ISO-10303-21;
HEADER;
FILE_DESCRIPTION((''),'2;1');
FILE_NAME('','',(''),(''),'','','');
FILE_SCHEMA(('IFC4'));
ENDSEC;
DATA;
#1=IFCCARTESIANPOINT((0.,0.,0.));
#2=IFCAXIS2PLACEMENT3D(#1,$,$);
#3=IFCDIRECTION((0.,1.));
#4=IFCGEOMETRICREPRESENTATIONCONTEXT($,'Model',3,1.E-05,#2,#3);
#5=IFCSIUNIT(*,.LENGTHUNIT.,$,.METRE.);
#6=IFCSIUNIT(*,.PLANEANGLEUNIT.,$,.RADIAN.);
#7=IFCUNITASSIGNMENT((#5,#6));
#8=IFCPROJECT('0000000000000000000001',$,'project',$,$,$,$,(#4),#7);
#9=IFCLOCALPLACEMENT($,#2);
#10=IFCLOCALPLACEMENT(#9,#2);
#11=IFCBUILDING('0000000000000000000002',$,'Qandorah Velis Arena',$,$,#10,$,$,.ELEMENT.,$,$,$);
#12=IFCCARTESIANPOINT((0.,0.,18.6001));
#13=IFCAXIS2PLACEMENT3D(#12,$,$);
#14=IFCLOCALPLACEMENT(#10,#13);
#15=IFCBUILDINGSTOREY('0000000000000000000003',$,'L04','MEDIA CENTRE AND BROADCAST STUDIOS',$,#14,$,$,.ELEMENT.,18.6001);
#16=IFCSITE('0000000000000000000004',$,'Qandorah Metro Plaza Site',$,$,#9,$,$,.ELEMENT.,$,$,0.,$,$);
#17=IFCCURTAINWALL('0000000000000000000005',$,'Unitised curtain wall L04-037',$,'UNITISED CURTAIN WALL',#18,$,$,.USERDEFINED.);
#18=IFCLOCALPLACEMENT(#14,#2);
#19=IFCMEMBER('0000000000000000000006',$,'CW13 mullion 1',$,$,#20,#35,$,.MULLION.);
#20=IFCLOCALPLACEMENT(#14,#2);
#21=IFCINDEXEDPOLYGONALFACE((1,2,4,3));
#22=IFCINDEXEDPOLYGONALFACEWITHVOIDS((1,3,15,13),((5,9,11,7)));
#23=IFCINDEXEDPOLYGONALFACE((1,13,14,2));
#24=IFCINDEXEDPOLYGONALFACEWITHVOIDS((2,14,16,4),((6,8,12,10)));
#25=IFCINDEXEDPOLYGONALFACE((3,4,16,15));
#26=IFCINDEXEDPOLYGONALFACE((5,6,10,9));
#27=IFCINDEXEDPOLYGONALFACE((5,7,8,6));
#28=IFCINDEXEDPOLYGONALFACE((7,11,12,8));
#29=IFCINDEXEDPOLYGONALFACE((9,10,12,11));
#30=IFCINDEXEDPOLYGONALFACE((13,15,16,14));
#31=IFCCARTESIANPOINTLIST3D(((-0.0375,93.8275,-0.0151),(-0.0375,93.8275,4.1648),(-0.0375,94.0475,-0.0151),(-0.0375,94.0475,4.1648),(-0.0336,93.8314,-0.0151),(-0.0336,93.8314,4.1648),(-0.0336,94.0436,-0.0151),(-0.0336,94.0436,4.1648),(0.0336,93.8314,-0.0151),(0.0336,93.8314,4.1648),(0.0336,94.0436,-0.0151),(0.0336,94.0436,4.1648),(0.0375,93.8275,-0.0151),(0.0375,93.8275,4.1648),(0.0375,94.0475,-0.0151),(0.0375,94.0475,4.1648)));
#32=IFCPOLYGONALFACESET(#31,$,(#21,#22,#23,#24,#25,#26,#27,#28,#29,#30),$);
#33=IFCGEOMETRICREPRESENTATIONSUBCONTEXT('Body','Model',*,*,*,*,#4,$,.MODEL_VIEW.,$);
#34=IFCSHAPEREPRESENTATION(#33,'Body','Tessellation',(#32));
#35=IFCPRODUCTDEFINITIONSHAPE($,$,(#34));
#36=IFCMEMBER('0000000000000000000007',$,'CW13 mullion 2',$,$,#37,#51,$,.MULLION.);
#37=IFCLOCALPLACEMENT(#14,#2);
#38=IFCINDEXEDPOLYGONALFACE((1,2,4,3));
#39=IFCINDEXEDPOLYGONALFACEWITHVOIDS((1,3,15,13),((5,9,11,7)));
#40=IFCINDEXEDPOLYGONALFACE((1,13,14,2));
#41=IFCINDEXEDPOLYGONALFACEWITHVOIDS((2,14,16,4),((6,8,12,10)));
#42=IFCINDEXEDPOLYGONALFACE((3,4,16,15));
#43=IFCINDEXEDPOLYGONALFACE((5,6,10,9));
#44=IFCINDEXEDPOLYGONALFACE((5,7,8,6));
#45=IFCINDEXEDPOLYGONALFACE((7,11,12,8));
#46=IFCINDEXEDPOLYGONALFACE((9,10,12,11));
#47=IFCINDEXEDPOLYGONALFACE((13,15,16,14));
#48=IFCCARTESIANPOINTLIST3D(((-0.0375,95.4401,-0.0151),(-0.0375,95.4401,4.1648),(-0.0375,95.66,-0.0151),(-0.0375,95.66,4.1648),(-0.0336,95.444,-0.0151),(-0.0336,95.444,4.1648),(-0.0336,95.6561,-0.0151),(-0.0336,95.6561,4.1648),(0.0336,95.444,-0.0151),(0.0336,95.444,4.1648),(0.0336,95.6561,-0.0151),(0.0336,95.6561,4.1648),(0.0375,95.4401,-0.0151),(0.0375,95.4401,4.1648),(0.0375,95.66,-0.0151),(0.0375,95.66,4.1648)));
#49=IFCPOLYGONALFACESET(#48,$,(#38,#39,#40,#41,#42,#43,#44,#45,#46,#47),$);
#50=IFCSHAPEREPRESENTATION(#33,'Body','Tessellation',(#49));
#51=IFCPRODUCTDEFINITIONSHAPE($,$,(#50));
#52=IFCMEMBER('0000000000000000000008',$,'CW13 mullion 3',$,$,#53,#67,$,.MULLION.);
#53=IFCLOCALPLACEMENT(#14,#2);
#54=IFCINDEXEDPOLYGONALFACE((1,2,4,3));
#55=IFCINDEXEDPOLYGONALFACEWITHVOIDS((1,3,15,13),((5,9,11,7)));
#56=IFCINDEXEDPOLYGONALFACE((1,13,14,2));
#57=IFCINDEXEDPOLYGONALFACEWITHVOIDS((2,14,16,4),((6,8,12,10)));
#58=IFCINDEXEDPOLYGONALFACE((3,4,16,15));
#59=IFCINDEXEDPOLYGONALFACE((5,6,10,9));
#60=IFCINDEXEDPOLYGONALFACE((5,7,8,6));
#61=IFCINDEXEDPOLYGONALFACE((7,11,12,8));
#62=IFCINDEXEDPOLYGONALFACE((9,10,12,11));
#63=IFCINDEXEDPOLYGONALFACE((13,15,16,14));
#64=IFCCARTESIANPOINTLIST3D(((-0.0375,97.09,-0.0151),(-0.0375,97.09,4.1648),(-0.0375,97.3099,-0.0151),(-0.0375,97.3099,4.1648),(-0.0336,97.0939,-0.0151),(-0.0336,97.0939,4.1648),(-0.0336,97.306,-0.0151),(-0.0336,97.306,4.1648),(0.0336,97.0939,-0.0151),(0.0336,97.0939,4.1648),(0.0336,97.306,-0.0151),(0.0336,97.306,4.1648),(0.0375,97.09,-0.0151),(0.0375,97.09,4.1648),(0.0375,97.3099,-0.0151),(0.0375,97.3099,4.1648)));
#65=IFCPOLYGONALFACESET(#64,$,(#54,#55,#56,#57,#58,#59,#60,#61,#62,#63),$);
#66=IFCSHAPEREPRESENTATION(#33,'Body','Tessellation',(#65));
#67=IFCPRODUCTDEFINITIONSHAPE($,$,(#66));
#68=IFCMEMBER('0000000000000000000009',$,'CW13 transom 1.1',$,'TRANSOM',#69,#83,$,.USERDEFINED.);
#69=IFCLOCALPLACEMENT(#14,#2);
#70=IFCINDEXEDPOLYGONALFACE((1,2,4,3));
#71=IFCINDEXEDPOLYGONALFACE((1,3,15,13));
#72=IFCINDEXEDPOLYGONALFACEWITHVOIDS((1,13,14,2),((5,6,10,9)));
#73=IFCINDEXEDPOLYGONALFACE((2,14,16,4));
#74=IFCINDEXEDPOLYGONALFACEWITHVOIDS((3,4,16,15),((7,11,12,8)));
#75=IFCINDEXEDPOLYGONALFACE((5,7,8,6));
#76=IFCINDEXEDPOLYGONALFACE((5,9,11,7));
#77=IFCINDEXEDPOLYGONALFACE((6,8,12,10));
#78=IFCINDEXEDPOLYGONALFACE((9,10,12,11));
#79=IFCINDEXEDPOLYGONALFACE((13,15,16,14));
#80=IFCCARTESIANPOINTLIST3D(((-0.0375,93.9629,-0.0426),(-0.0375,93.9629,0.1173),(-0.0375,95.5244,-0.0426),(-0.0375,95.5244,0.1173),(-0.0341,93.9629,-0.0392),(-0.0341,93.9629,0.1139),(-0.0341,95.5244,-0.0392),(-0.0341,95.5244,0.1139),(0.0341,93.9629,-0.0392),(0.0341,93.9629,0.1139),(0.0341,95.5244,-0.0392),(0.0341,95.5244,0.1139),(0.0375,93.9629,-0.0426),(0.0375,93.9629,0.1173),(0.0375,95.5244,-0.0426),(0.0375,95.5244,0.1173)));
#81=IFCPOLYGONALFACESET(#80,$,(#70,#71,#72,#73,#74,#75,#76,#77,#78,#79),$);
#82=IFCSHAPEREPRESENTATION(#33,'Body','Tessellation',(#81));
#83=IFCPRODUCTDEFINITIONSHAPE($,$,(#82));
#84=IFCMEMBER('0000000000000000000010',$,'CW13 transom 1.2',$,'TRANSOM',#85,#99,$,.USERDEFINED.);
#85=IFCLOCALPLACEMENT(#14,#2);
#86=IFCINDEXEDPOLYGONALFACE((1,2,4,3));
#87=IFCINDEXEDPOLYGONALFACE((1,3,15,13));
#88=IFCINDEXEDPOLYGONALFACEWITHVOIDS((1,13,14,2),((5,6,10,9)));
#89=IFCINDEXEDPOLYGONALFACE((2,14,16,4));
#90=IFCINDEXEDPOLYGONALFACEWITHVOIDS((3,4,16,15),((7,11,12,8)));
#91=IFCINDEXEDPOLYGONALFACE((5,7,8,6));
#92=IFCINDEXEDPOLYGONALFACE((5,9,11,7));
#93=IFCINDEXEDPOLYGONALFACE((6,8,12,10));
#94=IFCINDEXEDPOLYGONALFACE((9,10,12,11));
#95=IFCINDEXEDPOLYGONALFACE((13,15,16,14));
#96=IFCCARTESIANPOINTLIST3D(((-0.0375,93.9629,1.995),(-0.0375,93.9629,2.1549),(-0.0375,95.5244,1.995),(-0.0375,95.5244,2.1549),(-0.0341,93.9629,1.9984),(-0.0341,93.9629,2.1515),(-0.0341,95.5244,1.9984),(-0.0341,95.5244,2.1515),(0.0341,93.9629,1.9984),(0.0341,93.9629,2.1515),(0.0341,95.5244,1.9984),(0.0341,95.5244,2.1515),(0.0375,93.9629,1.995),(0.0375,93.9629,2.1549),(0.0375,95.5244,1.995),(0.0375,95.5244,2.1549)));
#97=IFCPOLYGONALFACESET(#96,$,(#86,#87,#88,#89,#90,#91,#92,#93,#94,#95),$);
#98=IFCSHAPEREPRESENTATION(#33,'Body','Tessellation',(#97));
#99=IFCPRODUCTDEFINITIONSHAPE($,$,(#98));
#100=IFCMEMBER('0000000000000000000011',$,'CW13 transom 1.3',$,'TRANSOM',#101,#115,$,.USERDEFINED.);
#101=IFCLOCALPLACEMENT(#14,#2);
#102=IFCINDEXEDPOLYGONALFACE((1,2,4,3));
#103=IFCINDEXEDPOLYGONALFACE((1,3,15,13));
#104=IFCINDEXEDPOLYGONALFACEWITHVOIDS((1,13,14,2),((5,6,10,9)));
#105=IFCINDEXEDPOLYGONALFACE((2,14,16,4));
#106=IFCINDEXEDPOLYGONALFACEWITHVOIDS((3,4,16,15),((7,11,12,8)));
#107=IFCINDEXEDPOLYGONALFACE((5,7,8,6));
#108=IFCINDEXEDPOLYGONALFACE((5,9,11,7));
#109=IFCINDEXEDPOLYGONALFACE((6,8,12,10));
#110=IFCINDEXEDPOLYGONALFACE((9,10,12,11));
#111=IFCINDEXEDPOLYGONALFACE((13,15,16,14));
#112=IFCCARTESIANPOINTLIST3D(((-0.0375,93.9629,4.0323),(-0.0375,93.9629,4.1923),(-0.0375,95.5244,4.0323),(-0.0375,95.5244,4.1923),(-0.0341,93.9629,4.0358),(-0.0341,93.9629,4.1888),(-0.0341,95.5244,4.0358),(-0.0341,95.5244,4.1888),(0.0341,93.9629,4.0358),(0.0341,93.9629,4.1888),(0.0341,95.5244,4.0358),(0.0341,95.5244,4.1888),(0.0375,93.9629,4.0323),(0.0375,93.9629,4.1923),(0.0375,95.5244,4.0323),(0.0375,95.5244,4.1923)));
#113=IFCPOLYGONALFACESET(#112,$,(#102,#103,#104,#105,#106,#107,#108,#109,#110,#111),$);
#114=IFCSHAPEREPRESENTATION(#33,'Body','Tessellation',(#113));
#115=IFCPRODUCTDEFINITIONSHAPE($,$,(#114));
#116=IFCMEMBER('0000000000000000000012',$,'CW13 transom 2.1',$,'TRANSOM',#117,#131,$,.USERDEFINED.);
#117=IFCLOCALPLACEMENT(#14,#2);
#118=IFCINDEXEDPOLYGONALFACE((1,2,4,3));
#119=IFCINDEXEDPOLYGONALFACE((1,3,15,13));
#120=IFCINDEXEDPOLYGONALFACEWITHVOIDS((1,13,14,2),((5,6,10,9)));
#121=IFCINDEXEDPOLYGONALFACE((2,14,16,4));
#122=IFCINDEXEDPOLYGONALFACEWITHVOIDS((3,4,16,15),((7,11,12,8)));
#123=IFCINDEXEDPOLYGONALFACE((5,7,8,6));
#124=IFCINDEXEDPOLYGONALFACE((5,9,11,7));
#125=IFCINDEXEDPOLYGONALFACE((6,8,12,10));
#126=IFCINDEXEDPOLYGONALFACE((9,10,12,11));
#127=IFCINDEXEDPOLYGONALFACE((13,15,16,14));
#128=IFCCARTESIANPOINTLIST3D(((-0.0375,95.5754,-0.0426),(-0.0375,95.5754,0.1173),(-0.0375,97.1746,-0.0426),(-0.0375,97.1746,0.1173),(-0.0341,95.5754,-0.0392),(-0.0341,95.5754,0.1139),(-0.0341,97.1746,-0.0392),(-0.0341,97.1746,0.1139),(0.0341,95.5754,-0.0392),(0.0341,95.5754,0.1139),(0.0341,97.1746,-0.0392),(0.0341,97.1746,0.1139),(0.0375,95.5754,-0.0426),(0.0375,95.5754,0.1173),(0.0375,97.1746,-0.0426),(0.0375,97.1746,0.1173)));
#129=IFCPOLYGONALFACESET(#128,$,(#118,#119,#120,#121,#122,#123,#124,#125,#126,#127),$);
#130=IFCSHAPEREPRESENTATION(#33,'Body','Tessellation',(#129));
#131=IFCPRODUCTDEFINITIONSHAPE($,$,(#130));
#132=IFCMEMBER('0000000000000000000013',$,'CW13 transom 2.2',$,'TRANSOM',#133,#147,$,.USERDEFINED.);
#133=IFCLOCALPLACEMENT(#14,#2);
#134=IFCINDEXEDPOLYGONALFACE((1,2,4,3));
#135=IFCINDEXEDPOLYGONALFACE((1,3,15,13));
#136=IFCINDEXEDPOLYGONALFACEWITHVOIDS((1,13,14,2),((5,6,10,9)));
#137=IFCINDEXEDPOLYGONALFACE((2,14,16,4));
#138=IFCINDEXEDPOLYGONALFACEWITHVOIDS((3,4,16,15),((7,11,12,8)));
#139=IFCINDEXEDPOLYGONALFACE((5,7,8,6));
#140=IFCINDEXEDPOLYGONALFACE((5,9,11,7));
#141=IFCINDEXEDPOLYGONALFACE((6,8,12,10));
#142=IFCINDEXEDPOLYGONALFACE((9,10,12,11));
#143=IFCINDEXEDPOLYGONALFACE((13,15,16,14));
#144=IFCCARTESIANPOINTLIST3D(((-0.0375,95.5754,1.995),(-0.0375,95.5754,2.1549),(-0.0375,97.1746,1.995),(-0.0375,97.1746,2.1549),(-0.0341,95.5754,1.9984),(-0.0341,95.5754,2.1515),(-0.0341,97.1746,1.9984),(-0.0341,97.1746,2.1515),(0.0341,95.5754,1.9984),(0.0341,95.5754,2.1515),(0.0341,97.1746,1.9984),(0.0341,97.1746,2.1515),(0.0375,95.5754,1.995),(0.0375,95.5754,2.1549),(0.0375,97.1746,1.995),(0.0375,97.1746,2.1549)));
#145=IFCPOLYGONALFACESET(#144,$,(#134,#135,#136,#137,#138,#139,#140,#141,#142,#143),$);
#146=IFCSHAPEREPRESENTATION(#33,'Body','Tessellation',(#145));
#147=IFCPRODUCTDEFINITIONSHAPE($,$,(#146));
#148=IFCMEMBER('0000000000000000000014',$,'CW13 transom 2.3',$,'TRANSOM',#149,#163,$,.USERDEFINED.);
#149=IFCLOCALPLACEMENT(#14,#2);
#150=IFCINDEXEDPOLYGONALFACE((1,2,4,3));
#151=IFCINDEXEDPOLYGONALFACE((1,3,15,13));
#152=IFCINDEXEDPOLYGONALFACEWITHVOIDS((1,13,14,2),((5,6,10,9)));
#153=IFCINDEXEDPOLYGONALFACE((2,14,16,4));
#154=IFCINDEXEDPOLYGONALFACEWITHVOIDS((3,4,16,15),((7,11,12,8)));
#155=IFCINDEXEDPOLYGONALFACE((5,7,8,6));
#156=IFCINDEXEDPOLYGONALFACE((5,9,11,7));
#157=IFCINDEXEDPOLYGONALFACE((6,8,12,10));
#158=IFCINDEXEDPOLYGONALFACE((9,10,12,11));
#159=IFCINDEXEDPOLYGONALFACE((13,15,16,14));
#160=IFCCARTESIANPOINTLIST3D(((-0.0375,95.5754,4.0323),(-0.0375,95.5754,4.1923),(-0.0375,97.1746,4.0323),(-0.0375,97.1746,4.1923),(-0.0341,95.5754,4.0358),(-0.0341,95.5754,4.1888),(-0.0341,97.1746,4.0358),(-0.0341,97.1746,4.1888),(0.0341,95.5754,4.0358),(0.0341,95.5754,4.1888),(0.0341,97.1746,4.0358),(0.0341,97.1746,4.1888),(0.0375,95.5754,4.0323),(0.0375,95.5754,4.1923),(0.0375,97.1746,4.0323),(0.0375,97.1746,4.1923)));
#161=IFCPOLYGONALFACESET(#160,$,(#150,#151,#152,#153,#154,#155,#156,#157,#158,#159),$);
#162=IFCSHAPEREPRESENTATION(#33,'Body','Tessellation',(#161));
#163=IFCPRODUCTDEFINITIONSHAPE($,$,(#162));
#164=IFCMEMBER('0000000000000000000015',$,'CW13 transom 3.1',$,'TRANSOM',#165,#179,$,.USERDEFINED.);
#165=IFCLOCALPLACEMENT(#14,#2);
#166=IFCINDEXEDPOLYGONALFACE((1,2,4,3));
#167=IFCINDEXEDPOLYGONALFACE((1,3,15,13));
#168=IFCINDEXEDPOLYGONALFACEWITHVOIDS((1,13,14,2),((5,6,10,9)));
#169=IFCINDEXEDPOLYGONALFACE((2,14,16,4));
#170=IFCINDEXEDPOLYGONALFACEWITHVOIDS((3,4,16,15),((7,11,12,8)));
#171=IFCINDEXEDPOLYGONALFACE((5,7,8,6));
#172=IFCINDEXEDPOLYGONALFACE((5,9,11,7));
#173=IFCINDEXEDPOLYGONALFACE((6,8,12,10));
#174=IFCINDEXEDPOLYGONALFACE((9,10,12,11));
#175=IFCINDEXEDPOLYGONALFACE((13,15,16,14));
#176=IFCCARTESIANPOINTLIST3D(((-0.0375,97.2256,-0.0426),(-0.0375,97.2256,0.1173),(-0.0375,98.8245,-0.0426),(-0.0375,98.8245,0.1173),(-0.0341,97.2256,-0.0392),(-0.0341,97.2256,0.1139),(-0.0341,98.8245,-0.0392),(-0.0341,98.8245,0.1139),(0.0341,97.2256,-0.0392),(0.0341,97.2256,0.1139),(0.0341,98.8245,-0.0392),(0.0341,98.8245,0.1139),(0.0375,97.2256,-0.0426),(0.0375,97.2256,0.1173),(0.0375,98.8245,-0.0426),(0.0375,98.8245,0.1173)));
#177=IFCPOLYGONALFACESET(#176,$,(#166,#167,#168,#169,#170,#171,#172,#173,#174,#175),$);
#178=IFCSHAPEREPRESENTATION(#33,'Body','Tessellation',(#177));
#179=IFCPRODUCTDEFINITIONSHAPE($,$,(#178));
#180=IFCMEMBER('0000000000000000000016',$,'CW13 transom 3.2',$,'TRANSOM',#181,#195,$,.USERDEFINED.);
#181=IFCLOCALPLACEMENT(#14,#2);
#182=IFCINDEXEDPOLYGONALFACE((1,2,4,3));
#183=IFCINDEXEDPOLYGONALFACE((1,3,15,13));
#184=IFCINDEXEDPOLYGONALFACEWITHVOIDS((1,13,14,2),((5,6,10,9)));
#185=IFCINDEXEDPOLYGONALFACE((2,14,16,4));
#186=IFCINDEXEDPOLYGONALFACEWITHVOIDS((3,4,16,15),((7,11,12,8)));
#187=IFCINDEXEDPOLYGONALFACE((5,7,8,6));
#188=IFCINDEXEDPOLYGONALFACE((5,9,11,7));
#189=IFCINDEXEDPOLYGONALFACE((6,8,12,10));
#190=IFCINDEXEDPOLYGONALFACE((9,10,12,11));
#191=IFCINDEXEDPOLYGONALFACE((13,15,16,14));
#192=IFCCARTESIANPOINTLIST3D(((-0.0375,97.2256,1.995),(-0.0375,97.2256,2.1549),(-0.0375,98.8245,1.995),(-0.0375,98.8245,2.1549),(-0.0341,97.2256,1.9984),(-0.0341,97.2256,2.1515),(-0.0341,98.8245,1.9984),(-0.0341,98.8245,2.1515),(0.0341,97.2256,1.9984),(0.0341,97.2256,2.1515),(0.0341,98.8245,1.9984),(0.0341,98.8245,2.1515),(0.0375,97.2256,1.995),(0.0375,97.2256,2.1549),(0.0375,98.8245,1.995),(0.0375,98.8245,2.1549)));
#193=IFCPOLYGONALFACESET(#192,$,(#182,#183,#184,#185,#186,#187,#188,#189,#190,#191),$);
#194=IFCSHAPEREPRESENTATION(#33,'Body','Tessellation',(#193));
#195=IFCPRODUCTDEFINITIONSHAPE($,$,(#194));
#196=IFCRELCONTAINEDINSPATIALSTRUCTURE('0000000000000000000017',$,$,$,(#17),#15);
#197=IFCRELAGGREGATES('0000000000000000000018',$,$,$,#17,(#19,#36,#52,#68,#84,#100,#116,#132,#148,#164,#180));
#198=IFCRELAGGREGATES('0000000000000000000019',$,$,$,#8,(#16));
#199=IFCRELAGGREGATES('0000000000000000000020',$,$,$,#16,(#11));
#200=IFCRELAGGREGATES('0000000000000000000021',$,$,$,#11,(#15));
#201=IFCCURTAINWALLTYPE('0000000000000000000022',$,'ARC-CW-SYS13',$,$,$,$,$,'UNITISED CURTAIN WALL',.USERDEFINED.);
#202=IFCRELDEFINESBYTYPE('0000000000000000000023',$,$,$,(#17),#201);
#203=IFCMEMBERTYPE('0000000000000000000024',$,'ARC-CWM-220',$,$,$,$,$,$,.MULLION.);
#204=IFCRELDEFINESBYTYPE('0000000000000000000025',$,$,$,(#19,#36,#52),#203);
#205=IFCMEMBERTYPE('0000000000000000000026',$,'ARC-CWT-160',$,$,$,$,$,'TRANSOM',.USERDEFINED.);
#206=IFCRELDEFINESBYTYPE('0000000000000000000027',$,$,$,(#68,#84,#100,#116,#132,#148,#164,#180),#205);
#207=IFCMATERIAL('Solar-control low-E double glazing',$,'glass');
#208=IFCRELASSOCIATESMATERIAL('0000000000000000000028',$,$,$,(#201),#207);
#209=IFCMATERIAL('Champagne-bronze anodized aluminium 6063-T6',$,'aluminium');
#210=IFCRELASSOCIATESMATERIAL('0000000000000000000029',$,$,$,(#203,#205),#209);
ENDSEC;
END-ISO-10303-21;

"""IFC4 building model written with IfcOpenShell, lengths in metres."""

from ifc_helpers import new_model, si_unit, direction, frame, origin, origin_2d, place, context, subcontext, project, spatial, hollow_rectangle, extrude, material, material_profile, profile_set, type_object, element, aggregate, save


model = new_model("IFC4")

# Units and contexts
model_context = context("Model", 3, precision=1e-05, world=origin(), true_north=direction((0.0, 1.0)))
body_context = subcontext(model_context, "Body", "Model", "MODEL_VIEW")
ifc_project = project(units=[si_unit("LENGTHUNIT", "METRE"), si_unit("PLANEANGLEUNIT", "RADIAN")], contexts=[model_context])

# Site, building, storey
site_placement = place(None, origin())
site = spatial("IfcSite", under=ifc_project, at=site_placement, Name="Qandorah Metro Plaza Site", CompositionType="ELEMENT", RefElevation=0.0)
building_placement = place(site_placement, origin())
building = spatial("IfcBuilding", under=site, at=building_placement, Name="Qandorah Velis Arena", CompositionType="ELEMENT")
storey_placement = place(building_placement, frame((0.0, 0.0, 18.6001)))
storey = spatial("IfcBuildingStorey", under=building, at=storey_placement, Name="L04", Description="MEDIA CENTRE AND BROADCAST STUDIOS", CompositionType="ELEMENT", Elevation=18.6001)

# Curtain wall, members
ifc_material_1 = material(Name="Solar-control low-E double glazing", Category="glass")
curtain_wall_type = type_object("IfcCurtainWallType", Name="ARC-CW-SYS13", ElementType="UNITISED CURTAIN WALL", PredefinedType="USERDEFINED", material=ifc_material_1)
curtain_wall_placement = place(storey_placement, origin())
curtain_wall = element("IfcCurtainWall", 1, at=curtain_wall_placement, inside=storey, type_object=curtain_wall_type, Name="Unitised curtain wall L04-037", ObjectType="UNITISED CURTAIN WALL", PredefinedType="USERDEFINED")
ifc_material_2 = material(Name="Champagne-bronze anodized aluminium 6063-T6", Category="aluminium")
ifc_material_profile_1 = material_profile(ifc_material_2, hollow_rectangle(XDim=0.075, YDim=0.22, WallThickness=0.0039, at=origin_2d()), Name="ALU MULLION 75x220")
ifc_profile_set_1 = profile_set([ifc_material_profile_1], Name="Champagne-bronze anodized aluminium 6063-T6")
member_type_1 = type_object("IfcMemberType", Name="ARC-CWM-220", PredefinedType="MULLION", material=ifc_profile_set_1)
member_1_placement = place(storey_placement, frame((0.0, 93.9375, -0.0151), z_axis=(0.0, 0.0, 1.0), x_axis=(-1.0, 0.0, 0.0)))
member_1 = element("IfcMember", 2, at=member_1_placement, type_object=member_type_1, Name="CW13 mullion 1", PredefinedType="MULLION", context=body_context, shape_type="SweptSolid", body=[
    extrude(hollow_rectangle(XDim=0.075, YDim=0.22, WallThickness=0.0039, at=origin_2d()), origin(), (0.0, 0.0, 1.0), 4.1799),
])
member_2_placement = place(storey_placement, frame((0.0, 95.55, -0.0151), z_axis=(0.0, 0.0, 1.0), x_axis=(-1.0, 0.0, 0.0)))
member_2 = element("IfcMember", 3, at=member_2_placement, type_object=member_type_1, Name="CW13 mullion 2", PredefinedType="MULLION", context=body_context, shape_type="SweptSolid", body=[
    extrude(hollow_rectangle(XDim=0.075, YDim=0.22, WallThickness=0.0039, at=origin_2d()), origin(), (0.0, 0.0, 1.0), 4.1799),
])
member_3_placement = place(storey_placement, frame((0.0, 97.2, -0.0151), z_axis=(0.0, 0.0, 1.0), x_axis=(-1.0, 0.0, 0.0)))
member_3 = element("IfcMember", 4, at=member_3_placement, type_object=member_type_1, Name="CW13 mullion 3", PredefinedType="MULLION", context=body_context, shape_type="SweptSolid", body=[
    extrude(hollow_rectangle(XDim=0.075, YDim=0.22, WallThickness=0.0039, at=origin_2d()), origin(), (0.0, 0.0, 1.0), 4.1799),
])
ifc_material_profile_2 = material_profile(ifc_material_2, hollow_rectangle(XDim=0.075, YDim=0.1599, WallThickness=0.0034, at=origin_2d()), Name="ALU TRANSOM 75x160")
ifc_profile_set_2 = profile_set([ifc_material_profile_2], Name="Champagne-bronze anodized aluminium 6063-T6")
member_type_2 = type_object("IfcMemberType", Name="ARC-CWT-160", ElementType="TRANSOM", PredefinedType="USERDEFINED", material=ifc_profile_set_2)
member_4_placement = place(storey_placement, frame((0.0, 93.9629, 0.0374), z_axis=(0.0, 1.0, 0.0), x_axis=(-1.0, 0.0, 0.0)))
member_4 = element("IfcMember", 5, at=member_4_placement, type_object=member_type_2, Name="CW13 transom 1.1", ObjectType="TRANSOM", PredefinedType="USERDEFINED", context=body_context, shape_type="SweptSolid", body=[
    extrude(hollow_rectangle(XDim=0.075, YDim=0.1599, WallThickness=0.0034, at=origin_2d()), origin(), (0.0, 0.0, 1.0), 1.5615),
])
member_5_placement = place(storey_placement, frame((0.0, 93.9629, 2.075), z_axis=(0.0, 1.0, 0.0), x_axis=(-1.0, 0.0, 0.0)))
member_5 = element("IfcMember", 6, at=member_5_placement, type_object=member_type_2, Name="CW13 transom 1.2", ObjectType="TRANSOM", PredefinedType="USERDEFINED", context=body_context, shape_type="SweptSolid", body=[
    extrude(hollow_rectangle(XDim=0.075, YDim=0.1599, WallThickness=0.0034, at=origin_2d()), origin(), (0.0, 0.0, 1.0), 1.5615),
])
member_6_placement = place(storey_placement, frame((0.0, 93.9629, 4.1123), z_axis=(0.0, 1.0, 0.0), x_axis=(-1.0, 0.0, 0.0)))
member_6 = element("IfcMember", 7, at=member_6_placement, type_object=member_type_2, Name="CW13 transom 1.3", ObjectType="TRANSOM", PredefinedType="USERDEFINED", context=body_context, shape_type="SweptSolid", body=[
    extrude(hollow_rectangle(XDim=0.075, YDim=0.1599, WallThickness=0.0034, at=origin_2d()), origin(), (0.0, 0.0, 1.0), 1.5615),
])
member_7_placement = place(storey_placement, frame((0.0, 95.5754, 0.0374), z_axis=(0.0, 1.0, 0.0), x_axis=(-1.0, 0.0, 0.0)))
member_7 = element("IfcMember", 8, at=member_7_placement, type_object=member_type_2, Name="CW13 transom 2.1", ObjectType="TRANSOM", PredefinedType="USERDEFINED", context=body_context, shape_type="SweptSolid", body=[
    extrude(hollow_rectangle(XDim=0.075, YDim=0.1599, WallThickness=0.0034, at=origin_2d()), origin(), (0.0, 0.0, 1.0), 1.5991),
])
member_8_placement = place(storey_placement, frame((0.0, 95.5754, 2.075), z_axis=(0.0, 1.0, 0.0), x_axis=(-1.0, 0.0, 0.0)))
member_8 = element("IfcMember", 9, at=member_8_placement, type_object=member_type_2, Name="CW13 transom 2.2", ObjectType="TRANSOM", PredefinedType="USERDEFINED", context=body_context, shape_type="SweptSolid", body=[
    extrude(hollow_rectangle(XDim=0.075, YDim=0.1599, WallThickness=0.0034, at=origin_2d()), origin(), (0.0, 0.0, 1.0), 1.5991),
])
member_9_placement = place(storey_placement, frame((0.0, 95.5754, 4.1123), z_axis=(0.0, 1.0, 0.0), x_axis=(-1.0, 0.0, 0.0)))
member_9 = element("IfcMember", 10, at=member_9_placement, type_object=member_type_2, Name="CW13 transom 2.3", ObjectType="TRANSOM", PredefinedType="USERDEFINED", context=body_context, shape_type="SweptSolid", body=[
    extrude(hollow_rectangle(XDim=0.075, YDim=0.1599, WallThickness=0.0034, at=origin_2d()), origin(), (0.0, 0.0, 1.0), 1.5991),
])
member_10_placement = place(storey_placement, frame((0.0, 97.2256, 0.0374), z_axis=(0.0, 1.0, 0.0), x_axis=(-1.0, 0.0, 0.0)))
member_10 = element("IfcMember", 11, at=member_10_placement, type_object=member_type_2, Name="CW13 transom 3.1", ObjectType="TRANSOM", PredefinedType="USERDEFINED", context=body_context, shape_type="SweptSolid", body=[
    extrude(hollow_rectangle(XDim=0.075, YDim=0.1599, WallThickness=0.0034, at=origin_2d()), origin(), (0.0, 0.0, 1.0), 1.5989),
])
member_11_placement = place(storey_placement, frame((0.0, 97.2256, 2.075), z_axis=(0.0, 1.0, 0.0), x_axis=(-1.0, 0.0, 0.0)))
member_11 = element("IfcMember", 12, at=member_11_placement, type_object=member_type_2, Name="CW13 transom 3.2", ObjectType="TRANSOM", PredefinedType="USERDEFINED", context=body_context, shape_type="SweptSolid", body=[
    extrude(hollow_rectangle(XDim=0.075, YDim=0.1599, WallThickness=0.0034, at=origin_2d()), origin(), (0.0, 0.0, 1.0), 1.5989),
])

aggregate(curtain_wall, [member_1, member_2, member_3, member_4, member_5, member_6, member_7, member_8, member_9, member_10, member_11])

save(model, "model.ifc")
